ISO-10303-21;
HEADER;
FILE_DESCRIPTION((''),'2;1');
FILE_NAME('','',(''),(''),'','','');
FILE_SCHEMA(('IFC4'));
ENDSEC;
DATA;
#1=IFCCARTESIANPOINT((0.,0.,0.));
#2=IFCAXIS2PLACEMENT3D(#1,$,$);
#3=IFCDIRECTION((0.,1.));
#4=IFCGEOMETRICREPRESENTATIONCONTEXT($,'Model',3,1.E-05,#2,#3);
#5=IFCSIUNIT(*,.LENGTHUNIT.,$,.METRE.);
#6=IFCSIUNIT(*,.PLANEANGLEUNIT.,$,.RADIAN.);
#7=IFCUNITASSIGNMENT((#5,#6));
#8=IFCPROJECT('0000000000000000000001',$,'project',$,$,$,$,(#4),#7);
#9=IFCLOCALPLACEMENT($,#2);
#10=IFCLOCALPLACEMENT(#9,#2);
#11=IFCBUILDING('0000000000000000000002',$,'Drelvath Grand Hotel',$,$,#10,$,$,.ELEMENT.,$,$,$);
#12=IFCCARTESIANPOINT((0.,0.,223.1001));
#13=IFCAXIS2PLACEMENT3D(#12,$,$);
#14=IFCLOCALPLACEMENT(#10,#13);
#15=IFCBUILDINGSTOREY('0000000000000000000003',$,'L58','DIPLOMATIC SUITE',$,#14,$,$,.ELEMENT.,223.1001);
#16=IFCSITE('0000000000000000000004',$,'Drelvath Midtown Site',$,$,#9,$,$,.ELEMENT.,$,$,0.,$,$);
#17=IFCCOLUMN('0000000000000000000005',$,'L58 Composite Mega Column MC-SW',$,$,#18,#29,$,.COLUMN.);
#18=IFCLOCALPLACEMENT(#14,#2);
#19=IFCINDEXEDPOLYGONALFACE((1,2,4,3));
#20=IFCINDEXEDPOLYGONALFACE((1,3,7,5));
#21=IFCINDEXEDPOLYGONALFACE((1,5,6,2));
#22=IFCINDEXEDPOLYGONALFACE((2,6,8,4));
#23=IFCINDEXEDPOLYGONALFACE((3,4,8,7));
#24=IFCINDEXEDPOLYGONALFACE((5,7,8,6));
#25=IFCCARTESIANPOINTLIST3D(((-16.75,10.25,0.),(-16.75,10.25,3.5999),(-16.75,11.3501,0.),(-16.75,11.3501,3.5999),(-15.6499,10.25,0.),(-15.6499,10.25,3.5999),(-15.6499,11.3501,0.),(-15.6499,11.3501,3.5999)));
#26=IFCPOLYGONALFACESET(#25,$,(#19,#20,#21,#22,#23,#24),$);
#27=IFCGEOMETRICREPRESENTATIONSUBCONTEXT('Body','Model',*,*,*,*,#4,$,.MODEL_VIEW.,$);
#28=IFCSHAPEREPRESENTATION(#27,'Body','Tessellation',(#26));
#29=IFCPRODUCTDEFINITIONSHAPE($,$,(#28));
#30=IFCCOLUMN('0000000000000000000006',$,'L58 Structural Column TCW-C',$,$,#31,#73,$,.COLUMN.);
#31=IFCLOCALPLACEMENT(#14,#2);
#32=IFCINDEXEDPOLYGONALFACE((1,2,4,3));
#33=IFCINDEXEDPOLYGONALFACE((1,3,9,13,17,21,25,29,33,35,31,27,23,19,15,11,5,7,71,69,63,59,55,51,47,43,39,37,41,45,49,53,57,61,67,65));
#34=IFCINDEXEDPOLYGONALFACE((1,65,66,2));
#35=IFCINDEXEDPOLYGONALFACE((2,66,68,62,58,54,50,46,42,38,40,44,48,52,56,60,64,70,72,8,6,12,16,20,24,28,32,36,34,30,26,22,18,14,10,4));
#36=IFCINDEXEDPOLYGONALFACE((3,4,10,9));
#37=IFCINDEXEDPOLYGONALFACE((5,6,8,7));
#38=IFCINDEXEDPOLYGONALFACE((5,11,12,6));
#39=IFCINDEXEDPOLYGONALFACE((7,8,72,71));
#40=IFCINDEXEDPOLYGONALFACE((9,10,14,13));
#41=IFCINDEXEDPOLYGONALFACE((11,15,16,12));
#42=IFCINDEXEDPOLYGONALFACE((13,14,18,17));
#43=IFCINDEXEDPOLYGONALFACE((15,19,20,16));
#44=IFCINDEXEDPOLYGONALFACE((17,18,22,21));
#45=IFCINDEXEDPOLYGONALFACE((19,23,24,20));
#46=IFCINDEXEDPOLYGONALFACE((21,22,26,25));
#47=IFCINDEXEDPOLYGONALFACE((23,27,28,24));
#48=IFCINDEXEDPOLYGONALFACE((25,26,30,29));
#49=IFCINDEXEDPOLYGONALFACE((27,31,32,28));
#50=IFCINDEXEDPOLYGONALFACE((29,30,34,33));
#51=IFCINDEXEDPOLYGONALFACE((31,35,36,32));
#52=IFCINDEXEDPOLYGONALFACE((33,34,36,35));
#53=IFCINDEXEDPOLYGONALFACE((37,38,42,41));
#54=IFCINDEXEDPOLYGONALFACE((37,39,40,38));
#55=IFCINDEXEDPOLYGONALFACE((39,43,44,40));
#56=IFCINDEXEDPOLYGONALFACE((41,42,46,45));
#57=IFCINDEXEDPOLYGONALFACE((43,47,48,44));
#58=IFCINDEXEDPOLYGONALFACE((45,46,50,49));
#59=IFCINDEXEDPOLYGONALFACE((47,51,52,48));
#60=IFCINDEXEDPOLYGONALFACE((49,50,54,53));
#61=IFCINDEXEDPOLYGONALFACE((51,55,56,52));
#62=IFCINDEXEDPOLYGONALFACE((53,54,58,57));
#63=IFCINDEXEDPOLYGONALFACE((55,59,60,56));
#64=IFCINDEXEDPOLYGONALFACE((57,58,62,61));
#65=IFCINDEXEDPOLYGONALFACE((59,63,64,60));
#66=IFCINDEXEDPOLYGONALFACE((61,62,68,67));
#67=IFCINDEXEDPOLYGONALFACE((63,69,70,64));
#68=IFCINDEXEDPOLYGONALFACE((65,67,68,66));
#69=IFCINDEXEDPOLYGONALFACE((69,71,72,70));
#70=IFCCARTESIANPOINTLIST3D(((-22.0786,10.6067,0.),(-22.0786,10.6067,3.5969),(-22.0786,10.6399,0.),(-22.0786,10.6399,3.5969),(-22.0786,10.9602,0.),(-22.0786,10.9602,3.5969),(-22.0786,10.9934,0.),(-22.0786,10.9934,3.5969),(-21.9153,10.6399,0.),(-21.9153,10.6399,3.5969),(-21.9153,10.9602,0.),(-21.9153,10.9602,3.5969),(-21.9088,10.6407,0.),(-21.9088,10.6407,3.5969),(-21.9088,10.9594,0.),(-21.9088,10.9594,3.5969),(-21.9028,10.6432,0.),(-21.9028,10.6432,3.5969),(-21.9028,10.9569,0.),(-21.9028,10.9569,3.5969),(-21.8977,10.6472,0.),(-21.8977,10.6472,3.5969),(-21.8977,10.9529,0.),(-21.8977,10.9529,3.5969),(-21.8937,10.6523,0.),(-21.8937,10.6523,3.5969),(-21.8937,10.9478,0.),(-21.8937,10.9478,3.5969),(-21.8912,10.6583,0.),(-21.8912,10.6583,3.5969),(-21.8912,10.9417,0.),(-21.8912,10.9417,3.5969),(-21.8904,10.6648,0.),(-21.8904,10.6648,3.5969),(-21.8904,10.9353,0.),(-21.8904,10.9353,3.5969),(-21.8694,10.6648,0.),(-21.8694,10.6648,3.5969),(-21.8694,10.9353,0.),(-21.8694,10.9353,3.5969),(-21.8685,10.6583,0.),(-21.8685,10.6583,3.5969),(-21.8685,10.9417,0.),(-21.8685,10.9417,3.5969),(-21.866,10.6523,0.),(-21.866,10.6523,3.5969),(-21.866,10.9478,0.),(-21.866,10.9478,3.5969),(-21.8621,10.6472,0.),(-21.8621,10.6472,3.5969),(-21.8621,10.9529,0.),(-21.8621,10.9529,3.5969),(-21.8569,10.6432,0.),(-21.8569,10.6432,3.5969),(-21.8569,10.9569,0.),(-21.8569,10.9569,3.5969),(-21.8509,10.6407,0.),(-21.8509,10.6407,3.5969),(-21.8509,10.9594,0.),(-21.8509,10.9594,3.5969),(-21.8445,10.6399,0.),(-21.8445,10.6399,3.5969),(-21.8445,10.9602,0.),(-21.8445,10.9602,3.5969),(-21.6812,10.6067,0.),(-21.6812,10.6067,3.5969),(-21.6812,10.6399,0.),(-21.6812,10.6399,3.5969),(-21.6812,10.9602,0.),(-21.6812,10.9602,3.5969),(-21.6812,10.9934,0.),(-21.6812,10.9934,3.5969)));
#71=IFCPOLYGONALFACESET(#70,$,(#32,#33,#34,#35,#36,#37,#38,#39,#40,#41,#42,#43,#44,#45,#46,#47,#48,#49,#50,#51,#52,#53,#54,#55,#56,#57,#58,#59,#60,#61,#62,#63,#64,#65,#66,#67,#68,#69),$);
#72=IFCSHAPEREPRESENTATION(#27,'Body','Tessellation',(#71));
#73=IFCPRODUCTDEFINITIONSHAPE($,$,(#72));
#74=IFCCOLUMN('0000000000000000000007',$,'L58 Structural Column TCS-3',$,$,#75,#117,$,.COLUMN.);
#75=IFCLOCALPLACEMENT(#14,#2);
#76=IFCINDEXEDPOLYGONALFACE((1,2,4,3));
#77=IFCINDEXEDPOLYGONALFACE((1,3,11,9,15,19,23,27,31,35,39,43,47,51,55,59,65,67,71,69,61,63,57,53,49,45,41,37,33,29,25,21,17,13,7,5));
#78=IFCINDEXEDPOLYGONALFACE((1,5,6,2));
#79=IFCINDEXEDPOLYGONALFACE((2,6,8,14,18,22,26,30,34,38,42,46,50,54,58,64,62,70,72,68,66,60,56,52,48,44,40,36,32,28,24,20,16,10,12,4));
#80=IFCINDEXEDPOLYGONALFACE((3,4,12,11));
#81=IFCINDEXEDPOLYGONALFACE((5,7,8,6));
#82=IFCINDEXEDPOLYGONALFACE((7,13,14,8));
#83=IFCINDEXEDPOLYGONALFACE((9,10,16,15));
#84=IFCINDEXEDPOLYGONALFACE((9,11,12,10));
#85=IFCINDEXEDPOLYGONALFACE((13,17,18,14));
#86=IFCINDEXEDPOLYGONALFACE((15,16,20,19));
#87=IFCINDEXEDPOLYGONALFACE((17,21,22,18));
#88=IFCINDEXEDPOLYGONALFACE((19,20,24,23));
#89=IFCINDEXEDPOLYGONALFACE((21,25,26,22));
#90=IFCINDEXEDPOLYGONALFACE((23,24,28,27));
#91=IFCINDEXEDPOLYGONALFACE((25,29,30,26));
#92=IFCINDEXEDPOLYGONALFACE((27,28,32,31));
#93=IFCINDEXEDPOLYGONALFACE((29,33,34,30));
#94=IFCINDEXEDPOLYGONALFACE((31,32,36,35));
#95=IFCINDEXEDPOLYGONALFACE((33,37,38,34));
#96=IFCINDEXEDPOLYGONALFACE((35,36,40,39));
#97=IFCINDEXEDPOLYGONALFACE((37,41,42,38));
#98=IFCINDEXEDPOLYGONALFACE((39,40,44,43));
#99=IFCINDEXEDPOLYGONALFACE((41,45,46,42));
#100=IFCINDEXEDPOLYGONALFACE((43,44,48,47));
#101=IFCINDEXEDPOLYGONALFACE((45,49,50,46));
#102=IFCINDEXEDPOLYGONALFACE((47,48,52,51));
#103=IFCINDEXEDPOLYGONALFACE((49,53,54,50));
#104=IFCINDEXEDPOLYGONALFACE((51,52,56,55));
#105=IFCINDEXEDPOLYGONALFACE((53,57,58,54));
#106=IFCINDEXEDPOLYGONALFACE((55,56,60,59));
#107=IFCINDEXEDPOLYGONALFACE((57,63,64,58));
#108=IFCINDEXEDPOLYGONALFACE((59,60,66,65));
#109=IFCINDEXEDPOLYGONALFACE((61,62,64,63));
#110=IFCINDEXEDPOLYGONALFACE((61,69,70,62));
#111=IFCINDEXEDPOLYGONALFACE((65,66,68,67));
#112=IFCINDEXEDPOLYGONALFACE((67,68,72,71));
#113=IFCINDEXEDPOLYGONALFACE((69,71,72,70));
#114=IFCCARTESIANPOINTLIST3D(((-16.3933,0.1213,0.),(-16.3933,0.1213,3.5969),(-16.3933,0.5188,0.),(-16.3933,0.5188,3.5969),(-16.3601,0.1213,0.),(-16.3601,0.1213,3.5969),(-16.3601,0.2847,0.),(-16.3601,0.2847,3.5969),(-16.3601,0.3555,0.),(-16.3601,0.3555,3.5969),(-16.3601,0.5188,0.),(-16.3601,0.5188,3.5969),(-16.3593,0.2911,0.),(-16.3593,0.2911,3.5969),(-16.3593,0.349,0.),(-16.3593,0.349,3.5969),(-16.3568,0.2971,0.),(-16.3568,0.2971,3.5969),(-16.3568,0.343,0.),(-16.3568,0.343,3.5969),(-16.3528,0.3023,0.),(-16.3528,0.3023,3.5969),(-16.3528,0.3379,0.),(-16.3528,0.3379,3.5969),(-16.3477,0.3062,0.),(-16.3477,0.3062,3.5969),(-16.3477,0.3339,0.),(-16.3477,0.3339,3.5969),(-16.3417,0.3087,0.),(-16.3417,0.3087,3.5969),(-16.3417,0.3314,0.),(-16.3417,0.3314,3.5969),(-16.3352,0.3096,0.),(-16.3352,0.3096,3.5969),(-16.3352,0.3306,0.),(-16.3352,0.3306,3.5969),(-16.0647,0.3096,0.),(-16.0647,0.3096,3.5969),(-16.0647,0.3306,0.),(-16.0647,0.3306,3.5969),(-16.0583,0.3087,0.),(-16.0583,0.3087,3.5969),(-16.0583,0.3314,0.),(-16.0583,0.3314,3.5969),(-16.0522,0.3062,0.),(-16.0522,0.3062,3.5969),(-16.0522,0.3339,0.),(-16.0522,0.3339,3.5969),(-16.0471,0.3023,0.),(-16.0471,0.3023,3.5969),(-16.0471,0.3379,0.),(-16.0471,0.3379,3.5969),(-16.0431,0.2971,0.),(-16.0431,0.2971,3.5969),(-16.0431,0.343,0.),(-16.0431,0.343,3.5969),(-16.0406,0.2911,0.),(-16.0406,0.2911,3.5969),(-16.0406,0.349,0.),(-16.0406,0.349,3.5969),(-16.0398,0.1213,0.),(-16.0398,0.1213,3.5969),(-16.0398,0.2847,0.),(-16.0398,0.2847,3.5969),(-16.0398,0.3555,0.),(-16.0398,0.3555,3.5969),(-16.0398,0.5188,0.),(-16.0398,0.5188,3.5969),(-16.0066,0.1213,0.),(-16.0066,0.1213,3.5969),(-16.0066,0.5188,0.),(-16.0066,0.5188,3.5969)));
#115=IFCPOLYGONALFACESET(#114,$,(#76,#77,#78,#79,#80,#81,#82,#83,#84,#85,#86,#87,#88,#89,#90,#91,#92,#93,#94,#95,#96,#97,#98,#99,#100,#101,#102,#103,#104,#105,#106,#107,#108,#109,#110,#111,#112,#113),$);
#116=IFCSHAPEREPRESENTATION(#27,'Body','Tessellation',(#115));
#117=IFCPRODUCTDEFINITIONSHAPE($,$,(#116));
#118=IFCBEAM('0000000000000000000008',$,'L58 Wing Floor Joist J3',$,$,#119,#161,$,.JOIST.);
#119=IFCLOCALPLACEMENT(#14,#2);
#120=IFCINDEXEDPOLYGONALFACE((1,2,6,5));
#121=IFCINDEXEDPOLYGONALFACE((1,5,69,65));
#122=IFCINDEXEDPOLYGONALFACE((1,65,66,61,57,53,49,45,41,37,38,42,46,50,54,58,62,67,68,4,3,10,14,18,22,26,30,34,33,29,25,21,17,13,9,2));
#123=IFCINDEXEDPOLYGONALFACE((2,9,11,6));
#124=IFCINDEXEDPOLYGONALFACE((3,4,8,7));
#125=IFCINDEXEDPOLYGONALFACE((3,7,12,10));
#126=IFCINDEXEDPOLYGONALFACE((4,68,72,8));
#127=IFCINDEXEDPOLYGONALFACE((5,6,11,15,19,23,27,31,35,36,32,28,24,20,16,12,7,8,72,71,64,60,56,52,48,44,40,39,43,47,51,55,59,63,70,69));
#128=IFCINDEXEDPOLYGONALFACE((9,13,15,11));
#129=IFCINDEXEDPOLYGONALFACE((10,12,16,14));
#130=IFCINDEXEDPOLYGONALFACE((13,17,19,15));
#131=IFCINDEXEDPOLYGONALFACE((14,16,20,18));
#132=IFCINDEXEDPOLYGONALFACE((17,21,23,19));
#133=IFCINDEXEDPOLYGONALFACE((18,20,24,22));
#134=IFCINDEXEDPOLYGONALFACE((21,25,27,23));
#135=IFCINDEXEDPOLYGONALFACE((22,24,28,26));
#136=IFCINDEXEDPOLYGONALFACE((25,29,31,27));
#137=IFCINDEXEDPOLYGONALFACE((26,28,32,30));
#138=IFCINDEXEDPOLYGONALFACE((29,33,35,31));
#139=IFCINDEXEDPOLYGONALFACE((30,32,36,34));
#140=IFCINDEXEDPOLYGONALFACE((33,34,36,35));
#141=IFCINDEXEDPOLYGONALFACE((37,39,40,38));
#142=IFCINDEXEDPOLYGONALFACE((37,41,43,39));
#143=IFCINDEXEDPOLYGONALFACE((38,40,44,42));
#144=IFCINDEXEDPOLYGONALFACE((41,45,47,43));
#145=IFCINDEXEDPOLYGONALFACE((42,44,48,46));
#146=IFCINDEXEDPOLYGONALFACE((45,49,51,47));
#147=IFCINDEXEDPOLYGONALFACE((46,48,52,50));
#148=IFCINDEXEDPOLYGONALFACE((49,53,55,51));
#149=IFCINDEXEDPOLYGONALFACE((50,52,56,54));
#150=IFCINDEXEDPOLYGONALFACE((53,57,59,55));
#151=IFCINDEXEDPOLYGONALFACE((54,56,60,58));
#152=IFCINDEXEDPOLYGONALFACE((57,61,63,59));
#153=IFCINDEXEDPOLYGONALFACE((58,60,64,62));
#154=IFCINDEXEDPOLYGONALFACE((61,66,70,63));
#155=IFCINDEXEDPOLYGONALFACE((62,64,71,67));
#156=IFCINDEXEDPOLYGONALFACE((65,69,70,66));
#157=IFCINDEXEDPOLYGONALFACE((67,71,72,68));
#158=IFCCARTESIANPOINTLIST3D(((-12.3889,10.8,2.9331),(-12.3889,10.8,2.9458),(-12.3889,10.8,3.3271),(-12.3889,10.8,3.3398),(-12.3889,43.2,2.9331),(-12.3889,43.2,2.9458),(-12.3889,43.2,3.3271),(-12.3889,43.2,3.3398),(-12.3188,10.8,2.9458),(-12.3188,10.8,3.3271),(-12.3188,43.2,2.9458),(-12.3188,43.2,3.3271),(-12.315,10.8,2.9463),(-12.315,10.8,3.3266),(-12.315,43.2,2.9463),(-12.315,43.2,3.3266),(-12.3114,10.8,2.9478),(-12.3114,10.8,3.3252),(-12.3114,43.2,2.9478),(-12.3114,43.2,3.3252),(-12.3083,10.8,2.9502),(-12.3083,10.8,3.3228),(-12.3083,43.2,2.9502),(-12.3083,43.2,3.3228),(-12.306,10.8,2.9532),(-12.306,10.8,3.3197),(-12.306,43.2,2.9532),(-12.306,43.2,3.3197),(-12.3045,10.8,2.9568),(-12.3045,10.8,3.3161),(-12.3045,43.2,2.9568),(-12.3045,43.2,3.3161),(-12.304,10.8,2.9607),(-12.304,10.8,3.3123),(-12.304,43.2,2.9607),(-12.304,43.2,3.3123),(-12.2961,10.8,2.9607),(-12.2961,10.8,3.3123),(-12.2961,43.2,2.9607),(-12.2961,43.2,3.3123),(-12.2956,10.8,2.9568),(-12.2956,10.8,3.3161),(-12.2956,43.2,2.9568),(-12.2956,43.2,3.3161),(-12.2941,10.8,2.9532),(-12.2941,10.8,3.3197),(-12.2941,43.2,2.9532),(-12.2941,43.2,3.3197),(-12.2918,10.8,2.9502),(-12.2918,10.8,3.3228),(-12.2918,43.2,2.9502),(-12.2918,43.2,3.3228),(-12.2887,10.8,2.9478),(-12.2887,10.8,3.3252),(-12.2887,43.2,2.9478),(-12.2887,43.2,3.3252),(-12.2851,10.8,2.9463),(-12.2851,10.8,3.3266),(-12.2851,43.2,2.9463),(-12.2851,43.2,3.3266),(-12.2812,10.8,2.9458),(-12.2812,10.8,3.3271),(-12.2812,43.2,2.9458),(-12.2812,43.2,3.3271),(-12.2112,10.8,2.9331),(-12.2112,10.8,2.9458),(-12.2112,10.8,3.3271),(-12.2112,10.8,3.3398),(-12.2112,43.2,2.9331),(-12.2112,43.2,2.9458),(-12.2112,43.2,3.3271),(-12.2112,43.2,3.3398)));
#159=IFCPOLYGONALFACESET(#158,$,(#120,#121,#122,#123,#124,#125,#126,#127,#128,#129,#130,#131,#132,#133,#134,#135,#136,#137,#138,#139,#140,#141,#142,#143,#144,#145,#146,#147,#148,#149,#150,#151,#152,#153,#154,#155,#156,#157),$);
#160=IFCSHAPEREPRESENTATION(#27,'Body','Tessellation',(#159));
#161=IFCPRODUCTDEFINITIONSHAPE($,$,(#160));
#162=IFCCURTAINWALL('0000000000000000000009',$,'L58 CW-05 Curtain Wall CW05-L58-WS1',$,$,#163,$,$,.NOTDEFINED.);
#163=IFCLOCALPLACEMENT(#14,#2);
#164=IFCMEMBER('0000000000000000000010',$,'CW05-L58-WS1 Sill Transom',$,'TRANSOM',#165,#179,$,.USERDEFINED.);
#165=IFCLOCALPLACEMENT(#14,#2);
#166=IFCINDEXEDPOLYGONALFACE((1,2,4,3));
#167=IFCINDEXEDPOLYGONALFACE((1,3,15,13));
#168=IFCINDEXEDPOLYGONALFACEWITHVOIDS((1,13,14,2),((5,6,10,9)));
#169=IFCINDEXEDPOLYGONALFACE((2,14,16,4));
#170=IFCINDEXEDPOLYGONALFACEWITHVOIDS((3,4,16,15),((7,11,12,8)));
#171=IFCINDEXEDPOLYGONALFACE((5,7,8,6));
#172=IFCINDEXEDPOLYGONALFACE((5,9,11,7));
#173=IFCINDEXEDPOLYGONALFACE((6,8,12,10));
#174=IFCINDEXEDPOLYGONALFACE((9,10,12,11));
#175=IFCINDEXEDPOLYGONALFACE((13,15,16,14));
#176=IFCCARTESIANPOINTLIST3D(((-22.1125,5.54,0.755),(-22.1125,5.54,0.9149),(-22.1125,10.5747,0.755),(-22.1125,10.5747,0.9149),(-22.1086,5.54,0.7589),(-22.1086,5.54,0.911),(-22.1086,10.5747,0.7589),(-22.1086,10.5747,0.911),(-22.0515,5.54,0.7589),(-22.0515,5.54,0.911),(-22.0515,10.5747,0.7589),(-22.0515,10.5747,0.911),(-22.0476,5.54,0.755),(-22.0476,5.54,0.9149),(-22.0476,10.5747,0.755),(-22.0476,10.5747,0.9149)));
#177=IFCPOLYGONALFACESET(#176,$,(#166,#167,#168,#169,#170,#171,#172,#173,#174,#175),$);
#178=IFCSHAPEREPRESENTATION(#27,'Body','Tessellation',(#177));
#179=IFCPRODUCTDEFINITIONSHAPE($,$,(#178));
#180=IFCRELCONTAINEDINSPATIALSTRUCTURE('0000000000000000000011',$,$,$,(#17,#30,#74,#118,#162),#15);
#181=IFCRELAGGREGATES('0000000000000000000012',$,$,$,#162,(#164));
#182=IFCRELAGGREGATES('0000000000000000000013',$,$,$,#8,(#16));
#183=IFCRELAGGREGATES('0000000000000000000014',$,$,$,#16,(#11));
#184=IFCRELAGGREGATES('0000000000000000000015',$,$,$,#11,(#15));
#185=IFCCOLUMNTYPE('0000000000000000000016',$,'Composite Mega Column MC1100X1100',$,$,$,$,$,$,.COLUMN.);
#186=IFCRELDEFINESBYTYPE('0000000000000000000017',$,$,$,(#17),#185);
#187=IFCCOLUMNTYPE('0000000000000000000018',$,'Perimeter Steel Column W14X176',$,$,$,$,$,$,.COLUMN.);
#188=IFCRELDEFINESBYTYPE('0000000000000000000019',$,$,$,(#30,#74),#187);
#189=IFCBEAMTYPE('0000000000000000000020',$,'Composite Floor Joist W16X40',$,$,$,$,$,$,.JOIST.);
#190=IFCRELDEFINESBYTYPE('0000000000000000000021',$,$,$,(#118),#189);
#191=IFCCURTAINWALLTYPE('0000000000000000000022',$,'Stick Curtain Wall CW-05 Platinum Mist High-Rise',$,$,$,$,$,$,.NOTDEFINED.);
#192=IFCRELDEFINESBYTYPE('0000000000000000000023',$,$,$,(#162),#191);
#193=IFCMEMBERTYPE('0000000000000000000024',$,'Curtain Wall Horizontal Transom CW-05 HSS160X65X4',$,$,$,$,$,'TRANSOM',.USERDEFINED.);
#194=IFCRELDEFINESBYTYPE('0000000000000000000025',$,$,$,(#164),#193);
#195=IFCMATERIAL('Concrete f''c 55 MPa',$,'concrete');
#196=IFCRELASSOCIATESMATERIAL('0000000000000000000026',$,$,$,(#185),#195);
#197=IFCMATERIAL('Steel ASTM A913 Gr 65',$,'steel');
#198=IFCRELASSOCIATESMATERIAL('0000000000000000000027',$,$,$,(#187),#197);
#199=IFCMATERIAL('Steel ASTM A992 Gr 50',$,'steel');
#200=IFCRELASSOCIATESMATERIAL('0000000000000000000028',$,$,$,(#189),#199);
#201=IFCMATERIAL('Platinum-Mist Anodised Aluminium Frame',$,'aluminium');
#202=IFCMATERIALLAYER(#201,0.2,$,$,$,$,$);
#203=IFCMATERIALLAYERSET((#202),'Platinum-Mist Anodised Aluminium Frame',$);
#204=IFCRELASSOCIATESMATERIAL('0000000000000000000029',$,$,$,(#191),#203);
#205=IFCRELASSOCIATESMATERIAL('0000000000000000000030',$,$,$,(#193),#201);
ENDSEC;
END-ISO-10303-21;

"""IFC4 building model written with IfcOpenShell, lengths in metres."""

from ifc_helpers import new_model, si_unit, direction, frame, origin, origin_2d, place, context, subcontext, project, spatial, rectangle, hollow_rectangle, i_section, extrude, material, layer, layer_set, material_profile, profile_set, type_object, element, aggregate, save


model = new_model("IFC4")

# Units and contexts
model_context = context("Model", 3, precision=1e-05, world=origin(), true_north=direction((0.0, 1.0)))
body_context = subcontext(model_context, "Body", "Model", "MODEL_VIEW")
ifc_project = project(units=[si_unit("LENGTHUNIT", "METRE"), si_unit("PLANEANGLEUNIT", "RADIAN")], contexts=[model_context])

# Site, building, storey
site_placement = place(None, origin())
site = spatial("IfcSite", under=ifc_project, at=site_placement, Name="Drelvath Midtown Site", CompositionType="ELEMENT", RefElevation=0.0)
building_placement = place(site_placement, origin())
building = spatial("IfcBuilding", under=site, at=building_placement, Name="Drelvath Grand Hotel", CompositionType="ELEMENT")
storey_placement = place(building_placement, frame((0.0, 0.0, 223.1001)))
storey = spatial("IfcBuildingStorey", under=building, at=storey_placement, Name="L58", Description="DIPLOMATIC SUITE", CompositionType="ELEMENT", Elevation=223.1001)

# Columns
ifc_material_1 = material(Name="Concrete f'c 55 MPa", Category="concrete")
ifc_material_profile_1 = material_profile(ifc_material_1, rectangle(XDim=1.1001, YDim=1.1001, at=origin_2d()), Name="MC1100X1100")
ifc_profile_set_1 = profile_set([ifc_material_profile_1], Name="Concrete f'c 55 MPa")
column_type_1 = type_object("IfcColumnType", Name="Composite Mega Column MC1100X1100", PredefinedType="COLUMN", material=ifc_profile_set_1)
column_placement = place(storey_placement, frame((-16.2, 10.8, 0.0), z_axis=(0.0, 0.0, 1.0), x_axis=(1.0, 0.0, 0.0)))
element("IfcColumn", 1, at=column_placement, inside=storey, type_object=column_type_1, Name="L58 Composite Mega Column MC-SW", PredefinedType="COLUMN", context=body_context, shape_type="SweptSolid", body=[
    extrude(rectangle(XDim=1.1001, YDim=1.1001, at=origin_2d()), origin(), (0.0, 0.0, 1.0), 3.5999),
])
ifc_material_2 = material(Name="Steel ASTM A913 Gr 65", Category="steel")
ifc_material_profile_2 = material_profile(ifc_material_2, i_section(OverallWidth=0.3975, OverallDepth=0.3867, WebThickness=0.021, FlangeThickness=0.0332, FilletRadius=0.0249, at=origin_2d()), Name="W14X176")
ifc_profile_set_2 = profile_set([ifc_material_profile_2], Name="Steel ASTM A913 Gr 65")
column_type_2 = type_object("IfcColumnType", Name="Perimeter Steel Column W14X176", PredefinedType="COLUMN", material=ifc_profile_set_2)
for number, where, z_axis, x_axis, name in (
    (2, (-21.8799, 10.8, 0.0), (0.0, 0.0, 1.0), (1.0, 0.0, 0.0), "L58 Structural Column TCW-C"),
    (3, (-16.2, 0.3201, 0.0), (0.0, 0.0, 1.0), (0.0, 1.0, 0.0), "L58 Structural Column TCS-3"),
):
    element("IfcColumn", number, at=place(storey_placement, frame(where, z_axis=z_axis, x_axis=x_axis)), inside=storey, type_object=column_type_2, Name=name, PredefinedType="COLUMN", context=body_context, shape_type="SweptSolid", body=[
        extrude(i_section(OverallWidth=0.3975, OverallDepth=0.3867, WebThickness=0.021, FlangeThickness=0.0332, FilletRadius=0.0249, at=origin_2d()), origin(), (0.0, 0.0, 1.0), 3.5969),
    ])

# Beam
ifc_material_3 = material(Name="Steel ASTM A992 Gr 50", Category="steel")
ifc_material_profile_3 = material_profile(ifc_material_3, i_section(OverallWidth=0.1777, OverallDepth=0.4067, WebThickness=0.0078, FlangeThickness=0.0127, FilletRadius=0.0149, at=origin_2d()), Name="W16X40")
ifc_profile_set_3 = profile_set([ifc_material_profile_3], Name="Steel ASTM A992 Gr 50")
beam_type_1 = type_object("IfcBeamType", Name="Composite Floor Joist W16X40", PredefinedType="JOIST", material=ifc_profile_set_3)
beam_1_placement = place(storey_placement, frame((-12.3, 10.8, 3.1365), z_axis=(0.0, 1.0, 0.0), x_axis=(-1.0, 0.0, 0.0)))
element("IfcBeam", 4, at=beam_1_placement, inside=storey, type_object=beam_type_1, Name="L58 Wing Floor Joist J3", PredefinedType="JOIST", context=body_context, shape_type="SweptSolid", body=[
    extrude(i_section(OverallWidth=0.1777, OverallDepth=0.4067, WebThickness=0.0078, FlangeThickness=0.0127, FilletRadius=0.0149, at=origin_2d()), origin(), (0.0, 0.0, 1.0), 32.3999),
])

# Curtain wall, member
ifc_material_4 = material(Name="Platinum-Mist Anodised Aluminium Frame", Category="aluminium")
ifc_layer_1 = layer(ifc_material_4, 0.2)
ifc_layer_set_1 = layer_set([ifc_layer_1], Name="Platinum-Mist Anodised Aluminium Frame")
curtain_wall_type = type_object("IfcCurtainWallType", Name="Stick Curtain Wall CW-05 Platinum Mist High-Rise", PredefinedType="NOTDEFINED", material=ifc_layer_set_1)
curtain_wall_1_placement = place(storey_placement, origin())
curtain_wall_1 = element("IfcCurtainWall", 5, at=curtain_wall_1_placement, inside=storey, type_object=curtain_wall_type, Name="L58 CW-05 Curtain Wall CW05-L58-WS1", PredefinedType="NOTDEFINED")
ifc_material_profile_4 = material_profile(ifc_material_4, hollow_rectangle(XDim=0.0649, YDim=0.1599, WallThickness=0.0039, at=origin_2d()), Name="HSS160X65X4")
ifc_profile_set_4 = profile_set([ifc_material_profile_4], Name="Platinum-Mist Anodised Aluminium Frame")
member_type_1 = type_object("IfcMemberType", Name="Curtain Wall Horizontal Transom CW-05 HSS160X65X4", ElementType="TRANSOM", PredefinedType="USERDEFINED", material=ifc_profile_set_4)
member_1_placement = place(storey_placement, frame((-22.0801, 5.54, 0.835), z_axis=(0.0, 1.0, 0.0), x_axis=(-1.0, 0.0, 0.0)))
member_1 = element("IfcMember", 6, at=member_1_placement, type_object=member_type_1, Name="CW05-L58-WS1 Sill Transom", ObjectType="TRANSOM", PredefinedType="USERDEFINED", context=body_context, shape_type="SweptSolid", body=[
    extrude(hollow_rectangle(XDim=0.0649, YDim=0.1599, WallThickness=0.0039, at=origin_2d()), origin(), (0.0, 0.0, 1.0), 5.0347),
])

aggregate(curtain_wall_1, [member_1])

save(model, "model.ifc")
